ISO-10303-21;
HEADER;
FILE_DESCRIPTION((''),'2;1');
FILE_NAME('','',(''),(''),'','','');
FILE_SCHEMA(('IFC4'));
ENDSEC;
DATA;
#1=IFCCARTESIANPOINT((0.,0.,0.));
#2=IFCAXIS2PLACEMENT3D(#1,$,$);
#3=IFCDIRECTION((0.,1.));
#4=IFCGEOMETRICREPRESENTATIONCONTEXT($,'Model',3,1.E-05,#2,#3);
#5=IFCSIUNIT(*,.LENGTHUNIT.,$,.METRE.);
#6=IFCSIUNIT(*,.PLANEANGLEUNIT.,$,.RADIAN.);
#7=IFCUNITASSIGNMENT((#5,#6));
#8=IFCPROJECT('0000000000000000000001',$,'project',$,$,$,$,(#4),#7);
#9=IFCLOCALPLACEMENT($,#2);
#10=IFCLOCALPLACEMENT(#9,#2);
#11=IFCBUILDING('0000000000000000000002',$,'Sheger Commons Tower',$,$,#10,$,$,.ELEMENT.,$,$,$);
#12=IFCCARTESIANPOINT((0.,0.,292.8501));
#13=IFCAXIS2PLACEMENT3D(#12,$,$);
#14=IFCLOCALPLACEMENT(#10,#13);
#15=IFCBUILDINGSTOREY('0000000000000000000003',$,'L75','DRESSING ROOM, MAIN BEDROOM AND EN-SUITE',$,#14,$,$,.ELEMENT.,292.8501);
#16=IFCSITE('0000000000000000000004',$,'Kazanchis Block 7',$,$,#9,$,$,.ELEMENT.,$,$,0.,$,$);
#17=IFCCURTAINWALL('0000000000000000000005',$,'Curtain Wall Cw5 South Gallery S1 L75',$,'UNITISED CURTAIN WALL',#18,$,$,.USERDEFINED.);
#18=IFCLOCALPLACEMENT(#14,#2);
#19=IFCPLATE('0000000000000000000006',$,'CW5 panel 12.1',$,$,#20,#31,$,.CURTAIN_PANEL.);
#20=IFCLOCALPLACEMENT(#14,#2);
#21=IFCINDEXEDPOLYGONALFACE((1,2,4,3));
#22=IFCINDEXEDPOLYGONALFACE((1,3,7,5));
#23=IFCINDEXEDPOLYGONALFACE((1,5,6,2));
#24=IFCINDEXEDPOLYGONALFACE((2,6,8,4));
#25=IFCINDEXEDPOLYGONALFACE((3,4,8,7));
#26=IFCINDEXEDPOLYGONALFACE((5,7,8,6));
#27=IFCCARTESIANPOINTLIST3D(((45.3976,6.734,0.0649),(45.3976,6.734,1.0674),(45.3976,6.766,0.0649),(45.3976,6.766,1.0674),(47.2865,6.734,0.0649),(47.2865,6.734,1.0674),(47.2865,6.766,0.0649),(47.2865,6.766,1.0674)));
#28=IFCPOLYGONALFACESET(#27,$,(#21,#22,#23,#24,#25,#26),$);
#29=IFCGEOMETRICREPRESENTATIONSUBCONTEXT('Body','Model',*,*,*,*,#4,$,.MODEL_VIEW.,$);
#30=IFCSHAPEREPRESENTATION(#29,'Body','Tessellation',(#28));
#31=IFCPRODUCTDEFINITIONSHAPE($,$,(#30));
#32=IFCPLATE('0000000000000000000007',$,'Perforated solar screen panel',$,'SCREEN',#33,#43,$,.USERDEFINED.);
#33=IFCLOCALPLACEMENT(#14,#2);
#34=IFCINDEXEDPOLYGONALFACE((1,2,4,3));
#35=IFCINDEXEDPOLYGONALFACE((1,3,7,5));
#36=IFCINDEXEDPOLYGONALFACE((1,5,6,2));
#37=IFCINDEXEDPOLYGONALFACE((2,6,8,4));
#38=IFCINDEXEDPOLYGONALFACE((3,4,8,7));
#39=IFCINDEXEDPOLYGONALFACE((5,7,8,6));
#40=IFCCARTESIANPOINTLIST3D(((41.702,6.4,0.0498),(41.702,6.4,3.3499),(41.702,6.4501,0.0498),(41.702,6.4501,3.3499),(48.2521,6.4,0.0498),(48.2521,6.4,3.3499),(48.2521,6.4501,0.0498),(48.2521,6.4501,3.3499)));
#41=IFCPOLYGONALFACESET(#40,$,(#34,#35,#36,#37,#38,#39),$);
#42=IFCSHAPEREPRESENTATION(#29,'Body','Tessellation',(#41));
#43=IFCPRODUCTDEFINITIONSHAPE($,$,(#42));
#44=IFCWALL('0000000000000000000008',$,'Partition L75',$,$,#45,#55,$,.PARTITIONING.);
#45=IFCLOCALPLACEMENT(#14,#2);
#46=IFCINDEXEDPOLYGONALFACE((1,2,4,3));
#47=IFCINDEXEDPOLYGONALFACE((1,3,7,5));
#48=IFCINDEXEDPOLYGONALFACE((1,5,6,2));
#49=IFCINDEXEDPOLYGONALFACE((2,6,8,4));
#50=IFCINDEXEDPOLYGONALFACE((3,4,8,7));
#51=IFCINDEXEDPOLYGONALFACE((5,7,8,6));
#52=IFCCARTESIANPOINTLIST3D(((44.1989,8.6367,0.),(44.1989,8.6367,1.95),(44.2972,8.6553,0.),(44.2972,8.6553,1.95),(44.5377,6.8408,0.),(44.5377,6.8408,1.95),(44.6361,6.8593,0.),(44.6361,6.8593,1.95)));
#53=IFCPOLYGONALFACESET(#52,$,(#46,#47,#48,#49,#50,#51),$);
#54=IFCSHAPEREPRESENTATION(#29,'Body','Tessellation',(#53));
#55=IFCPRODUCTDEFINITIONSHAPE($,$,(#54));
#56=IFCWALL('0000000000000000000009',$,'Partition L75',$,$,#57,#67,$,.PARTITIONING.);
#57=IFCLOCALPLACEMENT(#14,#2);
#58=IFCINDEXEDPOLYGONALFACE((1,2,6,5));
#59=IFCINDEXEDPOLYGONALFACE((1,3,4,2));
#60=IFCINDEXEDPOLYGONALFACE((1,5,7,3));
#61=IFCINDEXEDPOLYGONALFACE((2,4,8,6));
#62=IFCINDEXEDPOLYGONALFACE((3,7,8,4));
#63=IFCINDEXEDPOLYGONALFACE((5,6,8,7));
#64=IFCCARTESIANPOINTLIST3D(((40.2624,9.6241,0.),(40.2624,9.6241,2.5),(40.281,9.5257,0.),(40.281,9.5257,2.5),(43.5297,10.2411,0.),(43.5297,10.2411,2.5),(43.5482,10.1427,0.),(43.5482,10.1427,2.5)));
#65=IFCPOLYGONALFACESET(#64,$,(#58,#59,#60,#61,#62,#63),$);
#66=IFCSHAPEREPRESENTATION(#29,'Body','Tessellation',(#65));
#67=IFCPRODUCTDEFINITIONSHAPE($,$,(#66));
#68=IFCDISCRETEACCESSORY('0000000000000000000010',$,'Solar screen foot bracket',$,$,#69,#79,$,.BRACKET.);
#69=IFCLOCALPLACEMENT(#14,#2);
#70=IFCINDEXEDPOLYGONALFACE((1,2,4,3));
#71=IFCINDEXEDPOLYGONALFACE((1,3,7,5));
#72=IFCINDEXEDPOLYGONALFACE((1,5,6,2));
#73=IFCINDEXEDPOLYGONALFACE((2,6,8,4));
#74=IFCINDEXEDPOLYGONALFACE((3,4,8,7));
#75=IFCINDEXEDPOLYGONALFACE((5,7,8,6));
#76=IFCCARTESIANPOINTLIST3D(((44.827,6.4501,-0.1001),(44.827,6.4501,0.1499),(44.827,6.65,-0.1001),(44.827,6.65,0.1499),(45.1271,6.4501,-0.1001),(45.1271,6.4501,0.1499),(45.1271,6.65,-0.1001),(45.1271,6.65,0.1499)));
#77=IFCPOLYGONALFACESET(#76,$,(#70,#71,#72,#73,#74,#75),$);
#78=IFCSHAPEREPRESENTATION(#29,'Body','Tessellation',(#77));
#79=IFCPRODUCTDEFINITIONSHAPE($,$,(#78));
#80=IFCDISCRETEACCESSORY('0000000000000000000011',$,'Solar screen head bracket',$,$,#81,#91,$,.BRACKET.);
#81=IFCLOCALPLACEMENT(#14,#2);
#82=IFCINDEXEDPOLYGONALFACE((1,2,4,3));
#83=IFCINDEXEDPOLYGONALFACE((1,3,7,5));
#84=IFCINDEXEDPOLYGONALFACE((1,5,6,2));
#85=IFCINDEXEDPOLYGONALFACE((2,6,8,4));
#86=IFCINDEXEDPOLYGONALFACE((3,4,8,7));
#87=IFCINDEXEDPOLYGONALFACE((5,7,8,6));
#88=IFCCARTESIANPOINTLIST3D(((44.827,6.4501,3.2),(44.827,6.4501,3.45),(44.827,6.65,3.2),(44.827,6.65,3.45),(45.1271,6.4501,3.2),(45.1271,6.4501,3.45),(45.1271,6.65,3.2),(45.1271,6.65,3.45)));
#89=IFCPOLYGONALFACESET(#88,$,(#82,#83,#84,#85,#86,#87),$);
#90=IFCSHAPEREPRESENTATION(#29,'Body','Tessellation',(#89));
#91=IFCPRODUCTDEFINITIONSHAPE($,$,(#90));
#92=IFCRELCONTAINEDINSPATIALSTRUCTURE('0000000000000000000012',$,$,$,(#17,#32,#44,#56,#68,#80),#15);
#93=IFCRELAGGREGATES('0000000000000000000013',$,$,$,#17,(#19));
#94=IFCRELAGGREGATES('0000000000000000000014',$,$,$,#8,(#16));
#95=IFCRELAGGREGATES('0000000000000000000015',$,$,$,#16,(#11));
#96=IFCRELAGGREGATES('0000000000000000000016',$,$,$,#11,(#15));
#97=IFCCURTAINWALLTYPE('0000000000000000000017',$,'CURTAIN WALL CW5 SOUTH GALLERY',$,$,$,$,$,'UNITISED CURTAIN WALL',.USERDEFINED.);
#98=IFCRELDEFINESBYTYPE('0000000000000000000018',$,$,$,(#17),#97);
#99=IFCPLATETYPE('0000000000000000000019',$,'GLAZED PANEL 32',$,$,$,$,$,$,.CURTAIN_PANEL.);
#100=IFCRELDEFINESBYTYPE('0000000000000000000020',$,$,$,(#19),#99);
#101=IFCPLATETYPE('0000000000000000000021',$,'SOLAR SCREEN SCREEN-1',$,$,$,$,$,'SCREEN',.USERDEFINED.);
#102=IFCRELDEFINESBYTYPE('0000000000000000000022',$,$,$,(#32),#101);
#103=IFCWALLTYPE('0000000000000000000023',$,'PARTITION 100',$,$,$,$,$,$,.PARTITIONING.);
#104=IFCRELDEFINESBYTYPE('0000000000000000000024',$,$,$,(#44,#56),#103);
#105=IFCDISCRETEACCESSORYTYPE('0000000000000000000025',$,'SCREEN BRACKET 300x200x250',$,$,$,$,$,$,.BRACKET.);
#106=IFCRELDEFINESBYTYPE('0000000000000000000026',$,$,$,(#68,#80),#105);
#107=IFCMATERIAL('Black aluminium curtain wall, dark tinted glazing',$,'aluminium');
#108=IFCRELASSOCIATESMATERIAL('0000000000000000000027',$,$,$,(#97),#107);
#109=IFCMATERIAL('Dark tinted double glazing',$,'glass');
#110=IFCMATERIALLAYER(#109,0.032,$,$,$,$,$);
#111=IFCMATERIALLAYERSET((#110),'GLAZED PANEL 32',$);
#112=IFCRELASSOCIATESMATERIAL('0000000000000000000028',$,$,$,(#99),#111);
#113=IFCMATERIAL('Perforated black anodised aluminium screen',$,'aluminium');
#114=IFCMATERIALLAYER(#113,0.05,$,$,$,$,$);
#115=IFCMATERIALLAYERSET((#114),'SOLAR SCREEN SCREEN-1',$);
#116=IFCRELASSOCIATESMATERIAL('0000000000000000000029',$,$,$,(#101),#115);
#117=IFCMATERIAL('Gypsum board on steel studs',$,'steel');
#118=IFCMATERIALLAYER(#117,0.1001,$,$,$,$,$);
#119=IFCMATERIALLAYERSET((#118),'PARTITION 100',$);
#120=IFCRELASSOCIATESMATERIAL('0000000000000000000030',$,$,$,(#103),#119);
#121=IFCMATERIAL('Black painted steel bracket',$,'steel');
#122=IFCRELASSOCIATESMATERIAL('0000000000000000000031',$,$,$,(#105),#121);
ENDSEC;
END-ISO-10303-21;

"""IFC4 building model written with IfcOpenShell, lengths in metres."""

from ifc_helpers import new_model, si_unit, direction, frame, frame_2d, origin, origin_2d, place, context, subcontext, project, spatial, rectangle, extrude, material, layer, layer_set, type_object, element, aggregate, save


model = new_model("IFC4")

# Units and contexts
model_context = context("Model", 3, precision=1e-05, world=origin(), true_north=direction((0.0, 1.0)))
body_context = subcontext(model_context, "Body", "Model", "MODEL_VIEW")
ifc_project = project(units=[si_unit("LENGTHUNIT", "METRE"), si_unit("PLANEANGLEUNIT", "RADIAN")], contexts=[model_context])

# Site, building, storey
site_placement = place(None, origin())
site = spatial("IfcSite", under=ifc_project, at=site_placement, Name="Kazanchis Block 7", CompositionType="ELEMENT", RefElevation=0.0)
building_placement = place(site_placement, origin())
building = spatial("IfcBuilding", under=site, at=building_placement, Name="Sheger Commons Tower", CompositionType="ELEMENT")
storey_placement = place(building_placement, frame((0.0, 0.0, 292.8501)))
storey = spatial("IfcBuildingStorey", under=building, at=storey_placement, Name="L75", Description="DRESSING ROOM, MAIN BEDROOM AND EN-SUITE", CompositionType="ELEMENT", Elevation=292.8501)

# Curtain wall
ifc_material_1 = material(Name="Black aluminium curtain wall, dark tinted glazing", Category="aluminium")
curtain_wall_type = type_object("IfcCurtainWallType", Name="CURTAIN WALL CW5 SOUTH GALLERY", ElementType="UNITISED CURTAIN WALL", PredefinedType="USERDEFINED", material=ifc_material_1)
curtain_wall_placement = place(storey_placement, origin())
curtain_wall = element("IfcCurtainWall", 1, at=curtain_wall_placement, inside=storey, type_object=curtain_wall_type, Name="Curtain Wall Cw5 South Gallery S1 L75", ObjectType="UNITISED CURTAIN WALL", PredefinedType="USERDEFINED")

# Plates
ifc_material_2 = material(Name="Dark tinted double glazing", Category="glass")
ifc_layer_1 = layer(ifc_material_2, 0.032)
ifc_layer_set_1 = layer_set([ifc_layer_1], Name="GLAZED PANEL 32")
plate_type_1 = type_object("IfcPlateType", Name="GLAZED PANEL 32", PredefinedType="CURTAIN_PANEL", material=ifc_layer_set_1)
plate_1_placement = place(storey_placement, frame((46.342, 6.75, 0.0649), z_axis=(0.0, 0.0, 1.0), x_axis=(1.0, 0.0, 0.0)))
plate_1 = element("IfcPlate", 2, at=plate_1_placement, type_object=plate_type_1, Name="CW5 panel 12.1", PredefinedType="CURTAIN_PANEL", context=body_context, shape_type="SweptSolid", body=[
    extrude(rectangle(XDim=1.8889, YDim=0.032, at=origin_2d()), origin(), (0.0, 0.0, 1.0), 1.0024),
])
aggregate(curtain_wall, [plate_1])
ifc_material_3 = material(Name="Perforated black anodised aluminium screen", Category="aluminium")
ifc_layer_2 = layer(ifc_material_3, 0.05)
ifc_layer_set_2 = layer_set([ifc_layer_2], Name="SOLAR SCREEN SCREEN-1")
plate_type_2 = type_object("IfcPlateType", Name="SOLAR SCREEN SCREEN-1", ElementType="SCREEN", PredefinedType="USERDEFINED", material=ifc_layer_set_2)
plate_2_placement = place(storey_placement, frame((44.9771, 6.425, 0.0498), z_axis=(0.0, 0.0, 1.0), x_axis=(1.0, 0.0, 0.0)))
element("IfcPlate", 3, at=plate_2_placement, inside=storey, type_object=plate_type_2, Name="Perforated solar screen panel", ObjectType="SCREEN", PredefinedType="USERDEFINED", context=body_context, shape_type="SweptSolid", body=[
    extrude(rectangle(XDim=6.55, YDim=0.05, at=origin_2d()), origin(), (0.0, 0.0, 1.0), 3.3),
])

# Walls
ifc_material_4 = material(Name="Gypsum board on steel studs", Category="steel")
ifc_layer_3 = layer(ifc_material_4, 0.1001)
ifc_layer_set_3 = layer_set([ifc_layer_3], Name="PARTITION 100")
wall_type = type_object("IfcWallType", Name="PARTITION 100", PredefinedType="PARTITIONING", material=ifc_layer_set_3)
wall_1_placement = place(storey_placement, frame((44.248, 8.646, 0.0), z_axis=(0.0, 0.0, 1.0), x_axis=(0.185418, -0.98266, 0.0)))
element("IfcWall", 4, at=wall_1_placement, inside=storey, type_object=wall_type, Name="Partition L75", PredefinedType="PARTITIONING", context=body_context, shape_type="SweptSolid", body=[
    extrude(rectangle(XDim=1.8276, YDim=0.1001, at=frame_2d((0.9138, 0.0))), origin(), (0.0, 0.0, 1.0), 1.95),
])
wall_2_placement = place(storey_placement, frame((43.5391, 10.1919, 0.0), z_axis=(0.0, 0.0, 1.0), x_axis=(-0.982634, -0.185556, 0.0)))
element("IfcWall", 5, at=wall_2_placement, inside=storey, type_object=wall_type, Name="Partition L75", PredefinedType="PARTITIONING", context=body_context, shape_type="SweptSolid", body=[
    extrude(rectangle(XDim=3.325, YDim=0.1001, at=frame_2d((1.6626, 0.0))), origin(), (0.0, 0.0, 1.0), 2.5),
])

# Discrete accessories
ifc_material_5 = material(Name="Black painted steel bracket", Category="steel")
discrete_accessory_type = type_object("IfcDiscreteAccessoryType", Name="SCREEN BRACKET 300x200x250", PredefinedType="BRACKET", material=ifc_material_5)
for number, where, z_axis, x_axis, name in (
    (6, (44.9771, 6.55, -0.1001), (0.0, 0.0, 1.0), (1.0, 0.0, 0.0), "Solar screen foot bracket"),
    (7, (44.9771, 6.55, 3.2), (0.0, 0.0, 1.0), (1.0, 0.0, 0.0), "Solar screen head bracket"),
):
    element("IfcDiscreteAccessory", number, at=place(storey_placement, frame(where, z_axis=z_axis, x_axis=x_axis)), inside=storey, type_object=discrete_accessory_type, Name=name, PredefinedType="BRACKET", context=body_context, shape_type="SweptSolid", body=[
        extrude(rectangle(XDim=0.3, YDim=0.2, at=origin_2d()), origin(), (0.0, 0.0, 1.0), 0.25),
    ])

save(model, "model.ifc")
